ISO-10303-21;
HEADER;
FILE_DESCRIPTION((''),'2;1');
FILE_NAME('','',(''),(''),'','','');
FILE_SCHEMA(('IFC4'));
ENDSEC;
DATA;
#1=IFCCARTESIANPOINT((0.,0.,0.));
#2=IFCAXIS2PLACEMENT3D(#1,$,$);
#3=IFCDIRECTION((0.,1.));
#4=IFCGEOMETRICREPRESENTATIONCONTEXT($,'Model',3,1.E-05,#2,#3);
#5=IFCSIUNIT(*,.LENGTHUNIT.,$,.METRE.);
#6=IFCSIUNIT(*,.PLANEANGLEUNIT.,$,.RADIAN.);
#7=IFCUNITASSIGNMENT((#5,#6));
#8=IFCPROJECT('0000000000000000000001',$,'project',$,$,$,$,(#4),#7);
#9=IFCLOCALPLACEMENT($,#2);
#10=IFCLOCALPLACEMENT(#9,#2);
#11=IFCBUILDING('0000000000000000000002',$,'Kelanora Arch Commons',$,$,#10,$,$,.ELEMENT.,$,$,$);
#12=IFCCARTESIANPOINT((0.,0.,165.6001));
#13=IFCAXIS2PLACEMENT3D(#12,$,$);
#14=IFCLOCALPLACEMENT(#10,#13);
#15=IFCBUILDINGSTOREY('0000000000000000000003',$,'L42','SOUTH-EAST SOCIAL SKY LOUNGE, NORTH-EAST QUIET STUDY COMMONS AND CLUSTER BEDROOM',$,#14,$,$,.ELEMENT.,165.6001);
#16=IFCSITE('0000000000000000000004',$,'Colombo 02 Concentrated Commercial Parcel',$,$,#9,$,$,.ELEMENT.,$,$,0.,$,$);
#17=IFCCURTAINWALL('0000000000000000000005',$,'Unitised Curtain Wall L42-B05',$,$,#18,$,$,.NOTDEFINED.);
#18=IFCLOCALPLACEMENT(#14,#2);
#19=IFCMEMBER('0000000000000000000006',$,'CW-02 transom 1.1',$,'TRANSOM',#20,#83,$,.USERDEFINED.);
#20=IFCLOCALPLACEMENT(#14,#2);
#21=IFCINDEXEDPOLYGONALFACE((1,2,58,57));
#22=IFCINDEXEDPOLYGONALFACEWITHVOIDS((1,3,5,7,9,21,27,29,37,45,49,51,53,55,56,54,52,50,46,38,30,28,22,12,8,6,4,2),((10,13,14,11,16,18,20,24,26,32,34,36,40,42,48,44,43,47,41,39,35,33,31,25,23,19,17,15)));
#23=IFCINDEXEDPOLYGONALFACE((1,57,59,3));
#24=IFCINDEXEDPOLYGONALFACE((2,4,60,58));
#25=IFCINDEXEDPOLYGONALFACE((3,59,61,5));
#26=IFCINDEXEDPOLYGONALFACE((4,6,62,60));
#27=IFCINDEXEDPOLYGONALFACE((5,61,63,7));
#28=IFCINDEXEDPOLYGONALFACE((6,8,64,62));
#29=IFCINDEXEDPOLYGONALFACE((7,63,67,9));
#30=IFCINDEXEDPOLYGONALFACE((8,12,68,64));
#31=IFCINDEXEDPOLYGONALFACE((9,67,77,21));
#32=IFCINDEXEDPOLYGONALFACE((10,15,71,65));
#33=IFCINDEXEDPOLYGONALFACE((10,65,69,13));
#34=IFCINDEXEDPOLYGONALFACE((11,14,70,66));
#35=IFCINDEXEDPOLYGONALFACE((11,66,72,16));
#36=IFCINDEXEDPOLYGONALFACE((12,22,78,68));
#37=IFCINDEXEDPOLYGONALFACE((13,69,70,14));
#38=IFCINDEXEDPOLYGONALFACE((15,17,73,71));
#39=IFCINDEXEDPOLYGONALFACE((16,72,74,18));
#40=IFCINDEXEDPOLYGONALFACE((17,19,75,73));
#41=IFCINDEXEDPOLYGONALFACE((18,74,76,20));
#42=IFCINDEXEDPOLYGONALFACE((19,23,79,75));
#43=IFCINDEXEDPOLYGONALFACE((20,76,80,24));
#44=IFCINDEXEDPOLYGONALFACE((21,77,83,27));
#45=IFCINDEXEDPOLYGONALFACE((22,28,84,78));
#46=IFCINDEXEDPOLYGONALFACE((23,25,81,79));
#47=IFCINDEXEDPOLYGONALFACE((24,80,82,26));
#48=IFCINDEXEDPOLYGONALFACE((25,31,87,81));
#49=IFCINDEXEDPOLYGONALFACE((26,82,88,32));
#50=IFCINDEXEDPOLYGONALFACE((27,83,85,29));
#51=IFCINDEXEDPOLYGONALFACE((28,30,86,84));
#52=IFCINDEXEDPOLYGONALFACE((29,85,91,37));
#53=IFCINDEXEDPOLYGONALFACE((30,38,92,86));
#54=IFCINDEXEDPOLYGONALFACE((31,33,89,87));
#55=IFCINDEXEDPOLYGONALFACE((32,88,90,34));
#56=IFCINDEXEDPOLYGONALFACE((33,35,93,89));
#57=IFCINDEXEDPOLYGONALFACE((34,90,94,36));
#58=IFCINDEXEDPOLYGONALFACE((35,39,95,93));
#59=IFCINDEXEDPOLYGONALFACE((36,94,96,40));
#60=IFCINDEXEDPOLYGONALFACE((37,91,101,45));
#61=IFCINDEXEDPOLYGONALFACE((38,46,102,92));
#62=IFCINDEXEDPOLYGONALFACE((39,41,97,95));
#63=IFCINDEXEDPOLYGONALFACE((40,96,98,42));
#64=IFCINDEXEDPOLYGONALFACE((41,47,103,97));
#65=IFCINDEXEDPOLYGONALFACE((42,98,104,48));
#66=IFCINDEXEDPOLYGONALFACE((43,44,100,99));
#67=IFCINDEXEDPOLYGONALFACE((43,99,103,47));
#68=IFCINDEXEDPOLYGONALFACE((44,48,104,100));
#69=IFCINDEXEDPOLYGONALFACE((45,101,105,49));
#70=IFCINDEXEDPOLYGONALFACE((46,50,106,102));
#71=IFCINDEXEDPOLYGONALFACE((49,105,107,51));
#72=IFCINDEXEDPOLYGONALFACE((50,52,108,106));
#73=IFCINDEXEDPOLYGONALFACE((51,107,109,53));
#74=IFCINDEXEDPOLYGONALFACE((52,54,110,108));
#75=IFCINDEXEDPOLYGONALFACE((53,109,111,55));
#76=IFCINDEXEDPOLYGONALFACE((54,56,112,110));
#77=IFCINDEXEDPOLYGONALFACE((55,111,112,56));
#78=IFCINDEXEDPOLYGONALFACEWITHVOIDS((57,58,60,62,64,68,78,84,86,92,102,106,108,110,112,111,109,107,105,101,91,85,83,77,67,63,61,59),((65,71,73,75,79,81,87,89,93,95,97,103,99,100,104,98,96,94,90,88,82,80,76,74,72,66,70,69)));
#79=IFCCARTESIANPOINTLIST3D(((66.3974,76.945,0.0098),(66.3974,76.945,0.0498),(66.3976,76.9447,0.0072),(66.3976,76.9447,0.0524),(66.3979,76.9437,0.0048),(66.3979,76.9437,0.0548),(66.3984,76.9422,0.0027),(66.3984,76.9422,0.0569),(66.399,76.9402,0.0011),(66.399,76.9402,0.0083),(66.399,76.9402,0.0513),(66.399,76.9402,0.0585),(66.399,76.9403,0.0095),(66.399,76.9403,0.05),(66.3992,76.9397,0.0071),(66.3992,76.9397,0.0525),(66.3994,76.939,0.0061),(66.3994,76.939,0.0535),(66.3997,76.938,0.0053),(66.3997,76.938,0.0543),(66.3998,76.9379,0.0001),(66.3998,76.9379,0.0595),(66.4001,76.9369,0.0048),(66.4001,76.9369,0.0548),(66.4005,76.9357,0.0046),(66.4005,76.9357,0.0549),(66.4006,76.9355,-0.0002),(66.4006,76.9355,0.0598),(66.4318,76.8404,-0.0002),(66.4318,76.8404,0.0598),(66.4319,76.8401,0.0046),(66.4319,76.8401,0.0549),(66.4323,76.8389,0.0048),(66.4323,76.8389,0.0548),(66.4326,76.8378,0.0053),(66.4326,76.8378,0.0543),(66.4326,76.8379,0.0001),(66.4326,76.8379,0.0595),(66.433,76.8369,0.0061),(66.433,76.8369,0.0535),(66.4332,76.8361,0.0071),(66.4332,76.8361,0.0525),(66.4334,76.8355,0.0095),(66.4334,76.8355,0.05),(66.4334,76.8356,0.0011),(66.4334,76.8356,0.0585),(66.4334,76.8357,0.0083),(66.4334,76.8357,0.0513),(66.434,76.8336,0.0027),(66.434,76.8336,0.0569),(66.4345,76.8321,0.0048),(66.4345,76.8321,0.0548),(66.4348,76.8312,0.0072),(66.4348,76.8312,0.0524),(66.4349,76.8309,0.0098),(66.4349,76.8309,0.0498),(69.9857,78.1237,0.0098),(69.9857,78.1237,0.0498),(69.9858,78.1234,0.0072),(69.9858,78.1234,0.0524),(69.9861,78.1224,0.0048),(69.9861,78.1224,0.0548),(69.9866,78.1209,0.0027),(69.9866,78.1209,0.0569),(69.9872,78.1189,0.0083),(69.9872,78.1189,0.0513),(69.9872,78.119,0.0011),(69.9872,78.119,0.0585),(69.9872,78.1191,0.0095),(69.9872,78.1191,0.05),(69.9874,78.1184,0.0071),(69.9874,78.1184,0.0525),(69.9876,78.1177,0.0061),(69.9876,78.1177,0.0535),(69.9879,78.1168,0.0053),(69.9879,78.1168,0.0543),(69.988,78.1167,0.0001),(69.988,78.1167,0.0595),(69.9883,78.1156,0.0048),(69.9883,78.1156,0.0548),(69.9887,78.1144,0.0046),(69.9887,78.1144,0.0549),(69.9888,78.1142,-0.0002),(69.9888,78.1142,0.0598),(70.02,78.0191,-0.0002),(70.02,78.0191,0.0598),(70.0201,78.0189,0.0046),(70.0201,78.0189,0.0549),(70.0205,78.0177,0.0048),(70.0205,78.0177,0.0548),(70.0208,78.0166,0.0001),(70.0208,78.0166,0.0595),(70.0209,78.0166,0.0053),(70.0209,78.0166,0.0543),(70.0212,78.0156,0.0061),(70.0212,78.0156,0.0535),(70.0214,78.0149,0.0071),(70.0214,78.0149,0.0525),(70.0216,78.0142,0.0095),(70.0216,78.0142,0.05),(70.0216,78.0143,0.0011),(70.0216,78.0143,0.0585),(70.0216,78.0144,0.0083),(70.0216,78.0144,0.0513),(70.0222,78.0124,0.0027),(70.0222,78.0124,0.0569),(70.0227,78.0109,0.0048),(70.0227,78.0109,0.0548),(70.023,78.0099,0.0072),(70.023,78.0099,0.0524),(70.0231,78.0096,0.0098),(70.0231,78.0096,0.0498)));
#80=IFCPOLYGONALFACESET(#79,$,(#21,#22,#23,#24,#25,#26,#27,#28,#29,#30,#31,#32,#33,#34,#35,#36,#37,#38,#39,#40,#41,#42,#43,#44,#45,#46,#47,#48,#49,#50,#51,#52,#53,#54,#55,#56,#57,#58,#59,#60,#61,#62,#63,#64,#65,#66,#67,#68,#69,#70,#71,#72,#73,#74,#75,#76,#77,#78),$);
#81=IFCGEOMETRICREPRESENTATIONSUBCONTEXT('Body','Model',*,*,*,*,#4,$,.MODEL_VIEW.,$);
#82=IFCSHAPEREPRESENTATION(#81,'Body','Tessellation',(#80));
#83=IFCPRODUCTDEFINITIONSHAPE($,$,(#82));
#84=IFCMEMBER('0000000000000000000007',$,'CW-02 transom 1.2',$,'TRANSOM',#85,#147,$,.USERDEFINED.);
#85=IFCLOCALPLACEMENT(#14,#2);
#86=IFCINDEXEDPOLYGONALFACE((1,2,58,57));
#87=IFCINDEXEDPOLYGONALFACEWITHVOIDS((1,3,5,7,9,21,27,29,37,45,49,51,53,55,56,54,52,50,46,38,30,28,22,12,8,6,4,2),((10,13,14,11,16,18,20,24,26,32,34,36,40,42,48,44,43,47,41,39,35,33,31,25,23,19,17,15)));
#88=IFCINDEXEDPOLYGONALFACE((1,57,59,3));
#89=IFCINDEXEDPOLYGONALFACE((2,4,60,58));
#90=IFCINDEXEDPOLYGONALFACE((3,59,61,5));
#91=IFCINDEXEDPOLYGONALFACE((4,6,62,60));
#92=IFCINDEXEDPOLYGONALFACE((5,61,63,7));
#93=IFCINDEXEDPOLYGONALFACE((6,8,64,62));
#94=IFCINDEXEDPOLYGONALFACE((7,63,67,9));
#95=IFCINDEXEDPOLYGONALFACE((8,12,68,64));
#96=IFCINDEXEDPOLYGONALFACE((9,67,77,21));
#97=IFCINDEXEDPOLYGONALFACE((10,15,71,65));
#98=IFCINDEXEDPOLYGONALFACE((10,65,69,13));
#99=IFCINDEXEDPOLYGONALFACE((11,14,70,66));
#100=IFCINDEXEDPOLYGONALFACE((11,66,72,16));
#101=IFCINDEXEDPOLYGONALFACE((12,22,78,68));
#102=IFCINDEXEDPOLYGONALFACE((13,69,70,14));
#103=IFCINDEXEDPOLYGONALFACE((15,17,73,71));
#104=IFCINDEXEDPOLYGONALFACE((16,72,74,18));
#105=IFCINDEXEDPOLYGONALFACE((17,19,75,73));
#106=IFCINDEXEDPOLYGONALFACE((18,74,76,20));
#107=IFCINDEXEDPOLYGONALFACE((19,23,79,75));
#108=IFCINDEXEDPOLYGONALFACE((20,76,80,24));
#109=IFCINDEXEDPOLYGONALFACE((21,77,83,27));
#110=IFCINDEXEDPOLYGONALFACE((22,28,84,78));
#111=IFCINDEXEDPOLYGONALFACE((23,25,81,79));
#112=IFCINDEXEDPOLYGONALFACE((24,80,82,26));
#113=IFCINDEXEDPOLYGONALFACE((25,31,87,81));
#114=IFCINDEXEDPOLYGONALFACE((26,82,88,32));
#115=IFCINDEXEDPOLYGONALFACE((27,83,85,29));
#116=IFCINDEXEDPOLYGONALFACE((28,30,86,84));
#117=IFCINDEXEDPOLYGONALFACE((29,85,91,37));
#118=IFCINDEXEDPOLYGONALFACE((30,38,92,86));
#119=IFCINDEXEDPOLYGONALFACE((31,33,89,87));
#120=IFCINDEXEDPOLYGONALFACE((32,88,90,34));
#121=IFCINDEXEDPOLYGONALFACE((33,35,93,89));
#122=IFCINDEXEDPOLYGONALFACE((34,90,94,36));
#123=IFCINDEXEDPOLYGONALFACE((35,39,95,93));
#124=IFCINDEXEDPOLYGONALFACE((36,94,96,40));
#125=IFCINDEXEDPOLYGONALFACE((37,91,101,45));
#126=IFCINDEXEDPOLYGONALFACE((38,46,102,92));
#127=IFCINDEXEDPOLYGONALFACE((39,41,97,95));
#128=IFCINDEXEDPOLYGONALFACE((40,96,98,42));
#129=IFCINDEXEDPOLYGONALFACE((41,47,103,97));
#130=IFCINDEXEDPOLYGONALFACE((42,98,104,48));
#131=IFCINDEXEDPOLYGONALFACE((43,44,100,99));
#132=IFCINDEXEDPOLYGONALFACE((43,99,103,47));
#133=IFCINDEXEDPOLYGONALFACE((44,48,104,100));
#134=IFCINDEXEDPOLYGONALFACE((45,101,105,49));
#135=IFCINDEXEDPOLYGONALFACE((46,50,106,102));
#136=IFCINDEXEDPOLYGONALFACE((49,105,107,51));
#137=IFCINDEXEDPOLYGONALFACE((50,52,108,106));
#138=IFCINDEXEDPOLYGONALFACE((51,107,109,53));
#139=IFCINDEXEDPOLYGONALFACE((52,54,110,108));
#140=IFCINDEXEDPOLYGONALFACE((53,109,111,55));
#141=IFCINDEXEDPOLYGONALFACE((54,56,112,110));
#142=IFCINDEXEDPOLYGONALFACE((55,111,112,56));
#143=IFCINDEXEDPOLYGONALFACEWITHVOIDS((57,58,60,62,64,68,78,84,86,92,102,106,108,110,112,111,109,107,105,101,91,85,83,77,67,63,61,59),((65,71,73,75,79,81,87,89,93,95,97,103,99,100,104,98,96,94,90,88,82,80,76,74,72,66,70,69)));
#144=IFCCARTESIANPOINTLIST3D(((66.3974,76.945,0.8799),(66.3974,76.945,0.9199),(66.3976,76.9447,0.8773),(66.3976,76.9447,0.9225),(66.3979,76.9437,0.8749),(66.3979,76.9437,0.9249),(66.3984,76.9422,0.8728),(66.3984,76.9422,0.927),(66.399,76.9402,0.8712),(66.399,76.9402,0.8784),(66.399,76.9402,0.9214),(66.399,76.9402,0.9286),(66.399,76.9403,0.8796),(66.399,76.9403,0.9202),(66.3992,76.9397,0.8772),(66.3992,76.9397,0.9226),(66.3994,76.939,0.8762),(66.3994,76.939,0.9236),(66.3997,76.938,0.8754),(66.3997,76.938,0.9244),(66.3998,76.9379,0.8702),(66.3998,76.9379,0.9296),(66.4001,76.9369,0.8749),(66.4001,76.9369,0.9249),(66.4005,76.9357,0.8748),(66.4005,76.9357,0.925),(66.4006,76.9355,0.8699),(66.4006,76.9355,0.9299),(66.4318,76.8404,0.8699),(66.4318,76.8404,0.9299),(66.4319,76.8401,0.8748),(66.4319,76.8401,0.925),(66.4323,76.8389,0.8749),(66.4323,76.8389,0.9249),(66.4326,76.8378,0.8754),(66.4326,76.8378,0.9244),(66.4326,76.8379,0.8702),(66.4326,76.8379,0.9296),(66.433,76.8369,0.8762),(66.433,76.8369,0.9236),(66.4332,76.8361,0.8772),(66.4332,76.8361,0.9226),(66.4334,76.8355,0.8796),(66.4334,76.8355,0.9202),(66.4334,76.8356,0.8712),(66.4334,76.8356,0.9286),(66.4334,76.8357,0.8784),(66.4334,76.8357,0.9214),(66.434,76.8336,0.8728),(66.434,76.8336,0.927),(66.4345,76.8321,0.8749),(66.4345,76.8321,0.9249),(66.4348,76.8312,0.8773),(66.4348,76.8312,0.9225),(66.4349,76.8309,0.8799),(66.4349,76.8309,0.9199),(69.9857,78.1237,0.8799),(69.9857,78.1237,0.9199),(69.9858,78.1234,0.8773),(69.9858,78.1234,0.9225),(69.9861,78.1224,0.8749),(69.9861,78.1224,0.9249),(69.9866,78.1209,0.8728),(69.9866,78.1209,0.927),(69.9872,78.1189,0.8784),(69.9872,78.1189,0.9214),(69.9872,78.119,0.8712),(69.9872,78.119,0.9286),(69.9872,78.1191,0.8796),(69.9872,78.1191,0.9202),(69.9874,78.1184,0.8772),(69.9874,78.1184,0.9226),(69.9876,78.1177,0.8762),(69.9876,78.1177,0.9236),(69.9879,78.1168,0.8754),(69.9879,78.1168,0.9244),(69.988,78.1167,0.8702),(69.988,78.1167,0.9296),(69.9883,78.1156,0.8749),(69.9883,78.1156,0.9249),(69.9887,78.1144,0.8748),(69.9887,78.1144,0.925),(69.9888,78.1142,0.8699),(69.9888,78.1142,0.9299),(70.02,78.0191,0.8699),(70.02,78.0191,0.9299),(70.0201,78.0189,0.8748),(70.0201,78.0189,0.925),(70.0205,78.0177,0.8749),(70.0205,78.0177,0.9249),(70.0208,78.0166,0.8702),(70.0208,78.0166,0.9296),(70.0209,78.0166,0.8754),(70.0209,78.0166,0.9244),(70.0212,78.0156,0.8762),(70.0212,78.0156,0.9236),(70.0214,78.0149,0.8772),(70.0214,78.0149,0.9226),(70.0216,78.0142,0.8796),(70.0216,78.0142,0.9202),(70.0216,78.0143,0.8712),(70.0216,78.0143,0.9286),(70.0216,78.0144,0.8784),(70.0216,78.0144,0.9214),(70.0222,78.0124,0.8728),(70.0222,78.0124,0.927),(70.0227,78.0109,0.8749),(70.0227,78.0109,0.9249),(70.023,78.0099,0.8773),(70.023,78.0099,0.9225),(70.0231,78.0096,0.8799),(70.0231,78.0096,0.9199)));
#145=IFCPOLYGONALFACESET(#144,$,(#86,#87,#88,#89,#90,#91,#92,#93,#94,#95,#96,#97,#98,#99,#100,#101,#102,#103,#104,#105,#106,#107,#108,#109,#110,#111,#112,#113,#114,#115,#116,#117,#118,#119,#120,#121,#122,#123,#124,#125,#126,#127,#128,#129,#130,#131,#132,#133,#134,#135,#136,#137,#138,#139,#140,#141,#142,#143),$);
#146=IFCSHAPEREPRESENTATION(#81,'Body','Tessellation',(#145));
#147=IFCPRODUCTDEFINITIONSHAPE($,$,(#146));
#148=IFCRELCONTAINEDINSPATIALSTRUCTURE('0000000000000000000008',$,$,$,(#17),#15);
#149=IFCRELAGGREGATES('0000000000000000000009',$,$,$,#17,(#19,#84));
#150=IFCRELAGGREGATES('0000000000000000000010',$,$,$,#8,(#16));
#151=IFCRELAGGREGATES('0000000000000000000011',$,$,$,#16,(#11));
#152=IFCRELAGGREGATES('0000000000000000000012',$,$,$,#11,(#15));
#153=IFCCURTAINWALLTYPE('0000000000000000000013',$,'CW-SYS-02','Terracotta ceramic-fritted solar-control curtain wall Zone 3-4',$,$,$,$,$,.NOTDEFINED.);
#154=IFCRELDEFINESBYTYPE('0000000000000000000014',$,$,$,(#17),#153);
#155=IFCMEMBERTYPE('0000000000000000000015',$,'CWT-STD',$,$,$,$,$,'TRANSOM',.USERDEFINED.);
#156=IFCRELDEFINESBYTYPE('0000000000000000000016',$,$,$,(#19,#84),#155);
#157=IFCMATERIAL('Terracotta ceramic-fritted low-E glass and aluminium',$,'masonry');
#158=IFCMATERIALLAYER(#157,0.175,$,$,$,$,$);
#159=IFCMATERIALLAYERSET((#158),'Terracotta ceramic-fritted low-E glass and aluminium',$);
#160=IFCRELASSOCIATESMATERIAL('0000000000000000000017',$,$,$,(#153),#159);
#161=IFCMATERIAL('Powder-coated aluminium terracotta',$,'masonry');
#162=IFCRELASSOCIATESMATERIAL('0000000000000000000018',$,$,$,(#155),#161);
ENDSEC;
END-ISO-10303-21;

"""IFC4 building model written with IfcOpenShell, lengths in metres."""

from ifc_helpers import new_model, si_unit, direction, frame, origin, origin_2d, place, context, subcontext, project, spatial, hollow_rectangle, extrude, material, layer, layer_set, material_profile, profile_set, type_object, element, aggregate, save


model = new_model("IFC4")

# Units and contexts
model_context = context("Model", 3, precision=1e-05, world=origin(), true_north=direction((0.0, 1.0)))
body_context = subcontext(model_context, "Body", "Model", "MODEL_VIEW")
ifc_project = project(units=[si_unit("LENGTHUNIT", "METRE"), si_unit("PLANEANGLEUNIT", "RADIAN")], contexts=[model_context])

# Site, building, storey
site_placement = place(None, origin())
site = spatial("IfcSite", under=ifc_project, at=site_placement, Name="Colombo 02 Concentrated Commercial Parcel", CompositionType="ELEMENT", RefElevation=0.0)
building_placement = place(site_placement, origin())
building = spatial("IfcBuilding", under=site, at=building_placement, Name="Kelanora Arch Commons", CompositionType="ELEMENT")
storey_placement = place(building_placement, frame((0.0, 0.0, 165.6001)))
storey = spatial("IfcBuildingStorey", under=building, at=storey_placement, Name="L42", Description="SOUTH-EAST SOCIAL SKY LOUNGE, NORTH-EAST QUIET STUDY COMMONS AND CLUSTER BEDROOM", CompositionType="ELEMENT", Elevation=165.6001)

# Curtain wall, members
ifc_material_1 = material(Name="Terracotta ceramic-fritted low-E glass and aluminium", Category="masonry")
ifc_layer_1 = layer(ifc_material_1, 0.175)
ifc_layer_set_1 = layer_set([ifc_layer_1], Name="Terracotta ceramic-fritted low-E glass and aluminium")
curtain_wall_type = type_object("IfcCurtainWallType", Name="CW-SYS-02", Description="Terracotta ceramic-fritted solar-control curtain wall Zone 3-4", PredefinedType="NOTDEFINED", material=ifc_layer_set_1)
curtain_wall_placement = place(storey_placement, origin())
curtain_wall = element("IfcCurtainWall", 1, at=curtain_wall_placement, inside=storey, type_object=curtain_wall_type, Name="Unitised Curtain Wall L42-B05", PredefinedType="NOTDEFINED")
ifc_material_2 = material(Name="Powder-coated aluminium terracotta", Category="masonry")
ifc_material_profile_1 = material_profile(ifc_material_2, hollow_rectangle(XDim=0.1201, YDim=0.0601, WallThickness=0.0049, InnerFilletRadius=0.0049, OuterFilletRadius=0.01, at=origin_2d()), Name="CWT120x60")
ifc_profile_set_1 = profile_set([ifc_material_profile_1], Name="Powder-coated aluminium terracotta")
member_type_1 = type_object("IfcMemberType", Name="CWT-STD", ElementType="TRANSOM", PredefinedType="USERDEFINED", material=ifc_profile_set_1)
member_1_placement = place(storey_placement, frame((70.0044, 78.0667, 0.0298), z_axis=(-0.950051, -0.312094, 0.0), x_axis=(0.312094, -0.950051, 0.0)))
member_1 = element("IfcMember", 2, at=member_1_placement, type_object=member_type_1, Name="CW-02 transom 1.1", ObjectType="TRANSOM", PredefinedType="USERDEFINED", context=body_context, shape_type="SweptSolid", body=[
    extrude(hollow_rectangle(XDim=0.1201, YDim=0.0601, WallThickness=0.0049, InnerFilletRadius=0.0049, OuterFilletRadius=0.01, at=origin_2d()), origin(), (0.0, 0.0, 1.0), 3.7769),
])
member_2_placement = place(storey_placement, frame((70.0044, 78.0667, 0.8999), z_axis=(-0.950051, -0.312094, 0.0), x_axis=(0.312094, -0.950051, 0.0)))
member_2 = element("IfcMember", 3, at=member_2_placement, type_object=member_type_1, Name="CW-02 transom 1.2", ObjectType="TRANSOM", PredefinedType="USERDEFINED", context=body_context, shape_type="SweptSolid", body=[
    extrude(hollow_rectangle(XDim=0.1201, YDim=0.0601, WallThickness=0.0049, InnerFilletRadius=0.0049, OuterFilletRadius=0.01, at=origin_2d()), origin(), (0.0, 0.0, 1.0), 3.7769),
])
aggregate(curtain_wall, [member_1, member_2])

save(model, "model.ifc")
